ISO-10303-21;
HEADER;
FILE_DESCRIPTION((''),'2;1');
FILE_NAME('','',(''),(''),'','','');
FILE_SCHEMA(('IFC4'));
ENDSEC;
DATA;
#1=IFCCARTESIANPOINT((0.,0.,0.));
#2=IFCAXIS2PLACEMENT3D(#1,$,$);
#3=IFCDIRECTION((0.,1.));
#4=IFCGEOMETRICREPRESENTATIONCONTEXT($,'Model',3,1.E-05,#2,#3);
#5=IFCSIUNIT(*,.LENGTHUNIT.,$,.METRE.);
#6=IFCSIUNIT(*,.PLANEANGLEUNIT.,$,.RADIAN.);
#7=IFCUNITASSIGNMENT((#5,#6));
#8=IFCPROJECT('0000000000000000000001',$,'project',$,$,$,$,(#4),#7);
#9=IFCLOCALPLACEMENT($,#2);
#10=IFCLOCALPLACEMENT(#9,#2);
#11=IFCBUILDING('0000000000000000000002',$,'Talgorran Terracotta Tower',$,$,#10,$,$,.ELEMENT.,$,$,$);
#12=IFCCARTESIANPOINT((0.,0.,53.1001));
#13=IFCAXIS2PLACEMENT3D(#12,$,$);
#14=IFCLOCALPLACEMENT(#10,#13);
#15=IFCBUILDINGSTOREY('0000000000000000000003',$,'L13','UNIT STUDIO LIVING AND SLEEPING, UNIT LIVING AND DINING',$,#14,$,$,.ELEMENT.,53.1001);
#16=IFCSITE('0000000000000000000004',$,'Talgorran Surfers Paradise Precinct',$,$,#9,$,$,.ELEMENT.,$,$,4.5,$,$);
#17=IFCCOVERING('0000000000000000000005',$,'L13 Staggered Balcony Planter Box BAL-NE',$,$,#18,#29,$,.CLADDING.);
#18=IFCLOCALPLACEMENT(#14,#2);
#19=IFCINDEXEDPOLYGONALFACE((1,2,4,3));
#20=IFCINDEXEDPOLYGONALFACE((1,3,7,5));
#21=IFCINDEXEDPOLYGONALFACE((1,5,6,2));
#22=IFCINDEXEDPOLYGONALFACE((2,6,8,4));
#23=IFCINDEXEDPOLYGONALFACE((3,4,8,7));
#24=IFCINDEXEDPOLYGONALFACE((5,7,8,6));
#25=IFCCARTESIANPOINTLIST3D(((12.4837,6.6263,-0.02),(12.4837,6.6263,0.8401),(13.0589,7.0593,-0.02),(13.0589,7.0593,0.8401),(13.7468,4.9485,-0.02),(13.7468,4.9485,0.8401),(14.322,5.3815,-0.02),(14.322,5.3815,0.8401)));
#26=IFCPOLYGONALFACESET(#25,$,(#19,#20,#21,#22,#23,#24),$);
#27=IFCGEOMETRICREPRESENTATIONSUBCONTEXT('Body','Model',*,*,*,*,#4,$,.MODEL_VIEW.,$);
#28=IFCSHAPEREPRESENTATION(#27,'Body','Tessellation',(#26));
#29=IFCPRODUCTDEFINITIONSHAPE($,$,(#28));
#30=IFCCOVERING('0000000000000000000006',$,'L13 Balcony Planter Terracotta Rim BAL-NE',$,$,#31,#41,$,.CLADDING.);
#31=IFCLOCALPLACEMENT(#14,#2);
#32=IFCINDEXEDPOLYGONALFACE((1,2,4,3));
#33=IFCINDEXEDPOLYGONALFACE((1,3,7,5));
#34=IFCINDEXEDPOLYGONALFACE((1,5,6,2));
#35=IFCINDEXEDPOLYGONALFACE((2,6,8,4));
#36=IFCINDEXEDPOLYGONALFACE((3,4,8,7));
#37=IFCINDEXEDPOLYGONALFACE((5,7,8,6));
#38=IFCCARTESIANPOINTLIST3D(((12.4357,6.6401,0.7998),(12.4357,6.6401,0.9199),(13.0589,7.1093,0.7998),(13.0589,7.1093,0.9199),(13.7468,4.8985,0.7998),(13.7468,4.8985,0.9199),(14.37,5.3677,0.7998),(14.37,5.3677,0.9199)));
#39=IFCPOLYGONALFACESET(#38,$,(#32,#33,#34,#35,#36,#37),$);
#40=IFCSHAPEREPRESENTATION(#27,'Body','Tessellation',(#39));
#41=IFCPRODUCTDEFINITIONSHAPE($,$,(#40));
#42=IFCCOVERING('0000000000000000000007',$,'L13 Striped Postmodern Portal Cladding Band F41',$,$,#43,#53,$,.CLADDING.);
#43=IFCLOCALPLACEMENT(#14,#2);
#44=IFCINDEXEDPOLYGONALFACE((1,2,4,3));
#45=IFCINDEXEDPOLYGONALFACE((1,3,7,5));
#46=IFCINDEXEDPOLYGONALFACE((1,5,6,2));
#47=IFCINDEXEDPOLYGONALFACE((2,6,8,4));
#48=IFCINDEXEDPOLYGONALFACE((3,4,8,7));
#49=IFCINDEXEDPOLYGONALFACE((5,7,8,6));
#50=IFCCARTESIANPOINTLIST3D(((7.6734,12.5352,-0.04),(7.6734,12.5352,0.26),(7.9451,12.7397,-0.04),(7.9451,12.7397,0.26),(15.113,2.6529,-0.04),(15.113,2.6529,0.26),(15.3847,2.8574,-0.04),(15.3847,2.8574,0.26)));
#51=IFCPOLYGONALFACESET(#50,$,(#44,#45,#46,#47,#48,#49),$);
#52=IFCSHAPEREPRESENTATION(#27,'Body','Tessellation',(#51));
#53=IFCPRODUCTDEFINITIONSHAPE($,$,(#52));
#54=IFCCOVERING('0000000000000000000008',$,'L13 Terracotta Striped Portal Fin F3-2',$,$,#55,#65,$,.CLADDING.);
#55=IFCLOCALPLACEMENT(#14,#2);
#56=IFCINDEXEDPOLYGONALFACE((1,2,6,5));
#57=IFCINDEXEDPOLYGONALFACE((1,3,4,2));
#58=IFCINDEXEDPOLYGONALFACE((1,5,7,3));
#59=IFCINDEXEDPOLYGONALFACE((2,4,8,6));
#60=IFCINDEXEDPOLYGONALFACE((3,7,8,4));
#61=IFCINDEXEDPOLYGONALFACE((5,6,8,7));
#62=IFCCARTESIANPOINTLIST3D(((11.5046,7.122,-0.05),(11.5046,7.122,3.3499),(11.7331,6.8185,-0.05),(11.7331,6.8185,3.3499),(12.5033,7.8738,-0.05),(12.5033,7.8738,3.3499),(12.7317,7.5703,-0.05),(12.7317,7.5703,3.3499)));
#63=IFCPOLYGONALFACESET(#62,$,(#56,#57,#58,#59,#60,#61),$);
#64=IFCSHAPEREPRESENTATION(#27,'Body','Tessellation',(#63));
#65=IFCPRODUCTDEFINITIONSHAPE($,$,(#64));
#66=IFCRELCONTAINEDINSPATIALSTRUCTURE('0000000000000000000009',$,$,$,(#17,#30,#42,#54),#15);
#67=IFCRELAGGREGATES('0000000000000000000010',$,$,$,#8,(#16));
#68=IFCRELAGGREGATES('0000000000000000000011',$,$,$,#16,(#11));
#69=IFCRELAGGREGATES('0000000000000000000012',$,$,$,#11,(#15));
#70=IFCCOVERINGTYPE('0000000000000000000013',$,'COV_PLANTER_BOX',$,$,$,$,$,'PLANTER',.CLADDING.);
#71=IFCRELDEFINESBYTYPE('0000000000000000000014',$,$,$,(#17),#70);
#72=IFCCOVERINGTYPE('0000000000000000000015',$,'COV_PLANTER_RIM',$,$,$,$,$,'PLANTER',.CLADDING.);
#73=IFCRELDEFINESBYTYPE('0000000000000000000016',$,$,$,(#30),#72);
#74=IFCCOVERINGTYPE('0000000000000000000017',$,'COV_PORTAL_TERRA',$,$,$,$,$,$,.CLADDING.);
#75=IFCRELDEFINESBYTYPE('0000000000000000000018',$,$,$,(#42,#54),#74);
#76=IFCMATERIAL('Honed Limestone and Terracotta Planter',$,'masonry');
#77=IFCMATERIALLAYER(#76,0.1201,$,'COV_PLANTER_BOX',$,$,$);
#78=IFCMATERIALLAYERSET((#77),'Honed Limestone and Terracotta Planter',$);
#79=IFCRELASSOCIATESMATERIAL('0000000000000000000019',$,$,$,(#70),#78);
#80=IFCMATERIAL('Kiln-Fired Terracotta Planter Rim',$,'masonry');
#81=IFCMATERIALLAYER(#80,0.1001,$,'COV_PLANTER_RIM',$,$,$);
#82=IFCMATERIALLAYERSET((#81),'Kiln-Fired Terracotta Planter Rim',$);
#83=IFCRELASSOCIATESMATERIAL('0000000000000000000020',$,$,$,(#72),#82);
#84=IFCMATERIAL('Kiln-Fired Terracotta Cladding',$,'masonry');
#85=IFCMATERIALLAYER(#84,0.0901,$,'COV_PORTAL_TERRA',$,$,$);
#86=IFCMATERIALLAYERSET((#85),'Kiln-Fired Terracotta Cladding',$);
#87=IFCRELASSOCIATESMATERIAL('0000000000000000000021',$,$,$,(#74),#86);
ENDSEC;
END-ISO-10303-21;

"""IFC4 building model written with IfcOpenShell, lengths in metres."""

from ifc_helpers import new_model, si_unit, direction, frame, origin, origin_2d, place, context, subcontext, project, spatial, rectangle, extrude, material, layer, layer_set, type_object, element, save


model = new_model("IFC4")

# Units and contexts
model_context = context("Model", 3, precision=1e-05, world=origin(), true_north=direction((0.0, 1.0)))
body_context = subcontext(model_context, "Body", "Model", "MODEL_VIEW")
ifc_project = project(units=[si_unit("LENGTHUNIT", "METRE"), si_unit("PLANEANGLEUNIT", "RADIAN")], contexts=[model_context])

# Site, building, storey
site_placement = place(None, origin())
site = spatial("IfcSite", under=ifc_project, at=site_placement, Name="Talgorran Surfers Paradise Precinct", CompositionType="ELEMENT", RefElevation=4.5)
building_placement = place(site_placement, origin())
building = spatial("IfcBuilding", under=site, at=building_placement, Name="Talgorran Terracotta Tower", CompositionType="ELEMENT")
storey_placement = place(building_placement, frame((0.0, 0.0, 53.1001)))
storey = spatial("IfcBuildingStorey", under=building, at=storey_placement, Name="L13", Description="UNIT STUDIO LIVING AND SLEEPING, UNIT LIVING AND DINING", CompositionType="ELEMENT", Elevation=53.1001)

# Coverings
ifc_material_1 = material(Name="Honed Limestone and Terracotta Planter", Category="masonry")
ifc_layer_1 = layer(ifc_material_1, 0.1201, Name="COV_PLANTER_BOX")
ifc_layer_set_1 = layer_set([ifc_layer_1], Name="Honed Limestone and Terracotta Planter")
covering_type_1 = type_object("IfcCoveringType", Name="COV_PLANTER_BOX", ElementType="PLANTER", PredefinedType="CLADDING", material=ifc_layer_set_1)
covering_1_placement = place(storey_placement, frame((13.4028, 6.0039, -0.02), z_axis=(0.0, 0.0, 1.0), x_axis=(-0.601439, 0.798919, 0.0)))
element("IfcCovering", 1, at=covering_1_placement, inside=storey, type_object=covering_type_1, Name="L13 Staggered Balcony Planter Box BAL-NE", PredefinedType="CLADDING", context=body_context, shape_type="SweptSolid", body=[
    extrude(rectangle(XDim=2.1001, YDim=0.72, at=origin_2d()), origin(), (0.0, 0.0, 1.0), 0.8601),
])
ifc_material_2 = material(Name="Kiln-Fired Terracotta Planter Rim", Category="masonry")
ifc_layer_2 = layer(ifc_material_2, 0.1001, Name="COV_PLANTER_RIM")
ifc_layer_set_2 = layer_set([ifc_layer_2], Name="Kiln-Fired Terracotta Planter Rim")
covering_type_2 = type_object("IfcCoveringType", Name="COV_PLANTER_RIM", ElementType="PLANTER", PredefinedType="CLADDING", material=ifc_layer_set_2)
covering_2_placement = place(storey_placement, frame((13.4028, 6.0039, 0.7998), z_axis=(0.0, 0.0, 1.0), x_axis=(-0.601439, 0.798919, 0.0)))
element("IfcCovering", 2, at=covering_2_placement, inside=storey, type_object=covering_type_2, Name="L13 Balcony Planter Terracotta Rim BAL-NE", PredefinedType="CLADDING", context=body_context, shape_type="SweptSolid", body=[
    extrude(rectangle(XDim=2.1799, YDim=0.78, at=origin_2d()), origin(), (0.0, 0.0, 1.0), 0.1201),
])
ifc_material_3 = material(Name="Kiln-Fired Terracotta Cladding", Category="masonry")
ifc_layer_3 = layer(ifc_material_3, 0.0901, Name="COV_PORTAL_TERRA")
ifc_layer_set_3 = layer_set([ifc_layer_3], Name="Kiln-Fired Terracotta Cladding")
covering_type_3 = type_object("IfcCoveringType", Name="COV_PORTAL_TERRA", PredefinedType="CLADDING", material=ifc_layer_set_3)
covering_3_placement = place(storey_placement, frame((11.5291, 7.6963, -0.04), z_axis=(0.0, 0.0, 1.0), x_axis=(-0.601439, 0.798919, 0.0)))
element("IfcCovering", 3, at=covering_3_placement, inside=storey, type_object=covering_type_3, Name="L13 Striped Postmodern Portal Cladding Band F41", PredefinedType="CLADDING", context=body_context, shape_type="SweptSolid", body=[
    extrude(rectangle(XDim=12.3696, YDim=0.3401, at=origin_2d()), origin(), (0.0, 0.0, 1.0), 0.3),
])
covering_4_placement = place(storey_placement, frame((12.1182, 7.3462, -0.05), z_axis=(0.0, 0.0, 1.0), x_axis=(-0.601439, 0.798919, 0.0)))
element("IfcCovering", 4, at=covering_4_placement, inside=storey, type_object=covering_type_3, Name="L13 Terracotta Striped Portal Fin F3-2", PredefinedType="CLADDING", context=body_context, shape_type="SweptSolid", body=[
    extrude(rectangle(XDim=0.3799, YDim=1.25, at=origin_2d()), origin(), (0.0, 0.0, 1.0), 3.3999),
])

save(model, "model.ifc")
